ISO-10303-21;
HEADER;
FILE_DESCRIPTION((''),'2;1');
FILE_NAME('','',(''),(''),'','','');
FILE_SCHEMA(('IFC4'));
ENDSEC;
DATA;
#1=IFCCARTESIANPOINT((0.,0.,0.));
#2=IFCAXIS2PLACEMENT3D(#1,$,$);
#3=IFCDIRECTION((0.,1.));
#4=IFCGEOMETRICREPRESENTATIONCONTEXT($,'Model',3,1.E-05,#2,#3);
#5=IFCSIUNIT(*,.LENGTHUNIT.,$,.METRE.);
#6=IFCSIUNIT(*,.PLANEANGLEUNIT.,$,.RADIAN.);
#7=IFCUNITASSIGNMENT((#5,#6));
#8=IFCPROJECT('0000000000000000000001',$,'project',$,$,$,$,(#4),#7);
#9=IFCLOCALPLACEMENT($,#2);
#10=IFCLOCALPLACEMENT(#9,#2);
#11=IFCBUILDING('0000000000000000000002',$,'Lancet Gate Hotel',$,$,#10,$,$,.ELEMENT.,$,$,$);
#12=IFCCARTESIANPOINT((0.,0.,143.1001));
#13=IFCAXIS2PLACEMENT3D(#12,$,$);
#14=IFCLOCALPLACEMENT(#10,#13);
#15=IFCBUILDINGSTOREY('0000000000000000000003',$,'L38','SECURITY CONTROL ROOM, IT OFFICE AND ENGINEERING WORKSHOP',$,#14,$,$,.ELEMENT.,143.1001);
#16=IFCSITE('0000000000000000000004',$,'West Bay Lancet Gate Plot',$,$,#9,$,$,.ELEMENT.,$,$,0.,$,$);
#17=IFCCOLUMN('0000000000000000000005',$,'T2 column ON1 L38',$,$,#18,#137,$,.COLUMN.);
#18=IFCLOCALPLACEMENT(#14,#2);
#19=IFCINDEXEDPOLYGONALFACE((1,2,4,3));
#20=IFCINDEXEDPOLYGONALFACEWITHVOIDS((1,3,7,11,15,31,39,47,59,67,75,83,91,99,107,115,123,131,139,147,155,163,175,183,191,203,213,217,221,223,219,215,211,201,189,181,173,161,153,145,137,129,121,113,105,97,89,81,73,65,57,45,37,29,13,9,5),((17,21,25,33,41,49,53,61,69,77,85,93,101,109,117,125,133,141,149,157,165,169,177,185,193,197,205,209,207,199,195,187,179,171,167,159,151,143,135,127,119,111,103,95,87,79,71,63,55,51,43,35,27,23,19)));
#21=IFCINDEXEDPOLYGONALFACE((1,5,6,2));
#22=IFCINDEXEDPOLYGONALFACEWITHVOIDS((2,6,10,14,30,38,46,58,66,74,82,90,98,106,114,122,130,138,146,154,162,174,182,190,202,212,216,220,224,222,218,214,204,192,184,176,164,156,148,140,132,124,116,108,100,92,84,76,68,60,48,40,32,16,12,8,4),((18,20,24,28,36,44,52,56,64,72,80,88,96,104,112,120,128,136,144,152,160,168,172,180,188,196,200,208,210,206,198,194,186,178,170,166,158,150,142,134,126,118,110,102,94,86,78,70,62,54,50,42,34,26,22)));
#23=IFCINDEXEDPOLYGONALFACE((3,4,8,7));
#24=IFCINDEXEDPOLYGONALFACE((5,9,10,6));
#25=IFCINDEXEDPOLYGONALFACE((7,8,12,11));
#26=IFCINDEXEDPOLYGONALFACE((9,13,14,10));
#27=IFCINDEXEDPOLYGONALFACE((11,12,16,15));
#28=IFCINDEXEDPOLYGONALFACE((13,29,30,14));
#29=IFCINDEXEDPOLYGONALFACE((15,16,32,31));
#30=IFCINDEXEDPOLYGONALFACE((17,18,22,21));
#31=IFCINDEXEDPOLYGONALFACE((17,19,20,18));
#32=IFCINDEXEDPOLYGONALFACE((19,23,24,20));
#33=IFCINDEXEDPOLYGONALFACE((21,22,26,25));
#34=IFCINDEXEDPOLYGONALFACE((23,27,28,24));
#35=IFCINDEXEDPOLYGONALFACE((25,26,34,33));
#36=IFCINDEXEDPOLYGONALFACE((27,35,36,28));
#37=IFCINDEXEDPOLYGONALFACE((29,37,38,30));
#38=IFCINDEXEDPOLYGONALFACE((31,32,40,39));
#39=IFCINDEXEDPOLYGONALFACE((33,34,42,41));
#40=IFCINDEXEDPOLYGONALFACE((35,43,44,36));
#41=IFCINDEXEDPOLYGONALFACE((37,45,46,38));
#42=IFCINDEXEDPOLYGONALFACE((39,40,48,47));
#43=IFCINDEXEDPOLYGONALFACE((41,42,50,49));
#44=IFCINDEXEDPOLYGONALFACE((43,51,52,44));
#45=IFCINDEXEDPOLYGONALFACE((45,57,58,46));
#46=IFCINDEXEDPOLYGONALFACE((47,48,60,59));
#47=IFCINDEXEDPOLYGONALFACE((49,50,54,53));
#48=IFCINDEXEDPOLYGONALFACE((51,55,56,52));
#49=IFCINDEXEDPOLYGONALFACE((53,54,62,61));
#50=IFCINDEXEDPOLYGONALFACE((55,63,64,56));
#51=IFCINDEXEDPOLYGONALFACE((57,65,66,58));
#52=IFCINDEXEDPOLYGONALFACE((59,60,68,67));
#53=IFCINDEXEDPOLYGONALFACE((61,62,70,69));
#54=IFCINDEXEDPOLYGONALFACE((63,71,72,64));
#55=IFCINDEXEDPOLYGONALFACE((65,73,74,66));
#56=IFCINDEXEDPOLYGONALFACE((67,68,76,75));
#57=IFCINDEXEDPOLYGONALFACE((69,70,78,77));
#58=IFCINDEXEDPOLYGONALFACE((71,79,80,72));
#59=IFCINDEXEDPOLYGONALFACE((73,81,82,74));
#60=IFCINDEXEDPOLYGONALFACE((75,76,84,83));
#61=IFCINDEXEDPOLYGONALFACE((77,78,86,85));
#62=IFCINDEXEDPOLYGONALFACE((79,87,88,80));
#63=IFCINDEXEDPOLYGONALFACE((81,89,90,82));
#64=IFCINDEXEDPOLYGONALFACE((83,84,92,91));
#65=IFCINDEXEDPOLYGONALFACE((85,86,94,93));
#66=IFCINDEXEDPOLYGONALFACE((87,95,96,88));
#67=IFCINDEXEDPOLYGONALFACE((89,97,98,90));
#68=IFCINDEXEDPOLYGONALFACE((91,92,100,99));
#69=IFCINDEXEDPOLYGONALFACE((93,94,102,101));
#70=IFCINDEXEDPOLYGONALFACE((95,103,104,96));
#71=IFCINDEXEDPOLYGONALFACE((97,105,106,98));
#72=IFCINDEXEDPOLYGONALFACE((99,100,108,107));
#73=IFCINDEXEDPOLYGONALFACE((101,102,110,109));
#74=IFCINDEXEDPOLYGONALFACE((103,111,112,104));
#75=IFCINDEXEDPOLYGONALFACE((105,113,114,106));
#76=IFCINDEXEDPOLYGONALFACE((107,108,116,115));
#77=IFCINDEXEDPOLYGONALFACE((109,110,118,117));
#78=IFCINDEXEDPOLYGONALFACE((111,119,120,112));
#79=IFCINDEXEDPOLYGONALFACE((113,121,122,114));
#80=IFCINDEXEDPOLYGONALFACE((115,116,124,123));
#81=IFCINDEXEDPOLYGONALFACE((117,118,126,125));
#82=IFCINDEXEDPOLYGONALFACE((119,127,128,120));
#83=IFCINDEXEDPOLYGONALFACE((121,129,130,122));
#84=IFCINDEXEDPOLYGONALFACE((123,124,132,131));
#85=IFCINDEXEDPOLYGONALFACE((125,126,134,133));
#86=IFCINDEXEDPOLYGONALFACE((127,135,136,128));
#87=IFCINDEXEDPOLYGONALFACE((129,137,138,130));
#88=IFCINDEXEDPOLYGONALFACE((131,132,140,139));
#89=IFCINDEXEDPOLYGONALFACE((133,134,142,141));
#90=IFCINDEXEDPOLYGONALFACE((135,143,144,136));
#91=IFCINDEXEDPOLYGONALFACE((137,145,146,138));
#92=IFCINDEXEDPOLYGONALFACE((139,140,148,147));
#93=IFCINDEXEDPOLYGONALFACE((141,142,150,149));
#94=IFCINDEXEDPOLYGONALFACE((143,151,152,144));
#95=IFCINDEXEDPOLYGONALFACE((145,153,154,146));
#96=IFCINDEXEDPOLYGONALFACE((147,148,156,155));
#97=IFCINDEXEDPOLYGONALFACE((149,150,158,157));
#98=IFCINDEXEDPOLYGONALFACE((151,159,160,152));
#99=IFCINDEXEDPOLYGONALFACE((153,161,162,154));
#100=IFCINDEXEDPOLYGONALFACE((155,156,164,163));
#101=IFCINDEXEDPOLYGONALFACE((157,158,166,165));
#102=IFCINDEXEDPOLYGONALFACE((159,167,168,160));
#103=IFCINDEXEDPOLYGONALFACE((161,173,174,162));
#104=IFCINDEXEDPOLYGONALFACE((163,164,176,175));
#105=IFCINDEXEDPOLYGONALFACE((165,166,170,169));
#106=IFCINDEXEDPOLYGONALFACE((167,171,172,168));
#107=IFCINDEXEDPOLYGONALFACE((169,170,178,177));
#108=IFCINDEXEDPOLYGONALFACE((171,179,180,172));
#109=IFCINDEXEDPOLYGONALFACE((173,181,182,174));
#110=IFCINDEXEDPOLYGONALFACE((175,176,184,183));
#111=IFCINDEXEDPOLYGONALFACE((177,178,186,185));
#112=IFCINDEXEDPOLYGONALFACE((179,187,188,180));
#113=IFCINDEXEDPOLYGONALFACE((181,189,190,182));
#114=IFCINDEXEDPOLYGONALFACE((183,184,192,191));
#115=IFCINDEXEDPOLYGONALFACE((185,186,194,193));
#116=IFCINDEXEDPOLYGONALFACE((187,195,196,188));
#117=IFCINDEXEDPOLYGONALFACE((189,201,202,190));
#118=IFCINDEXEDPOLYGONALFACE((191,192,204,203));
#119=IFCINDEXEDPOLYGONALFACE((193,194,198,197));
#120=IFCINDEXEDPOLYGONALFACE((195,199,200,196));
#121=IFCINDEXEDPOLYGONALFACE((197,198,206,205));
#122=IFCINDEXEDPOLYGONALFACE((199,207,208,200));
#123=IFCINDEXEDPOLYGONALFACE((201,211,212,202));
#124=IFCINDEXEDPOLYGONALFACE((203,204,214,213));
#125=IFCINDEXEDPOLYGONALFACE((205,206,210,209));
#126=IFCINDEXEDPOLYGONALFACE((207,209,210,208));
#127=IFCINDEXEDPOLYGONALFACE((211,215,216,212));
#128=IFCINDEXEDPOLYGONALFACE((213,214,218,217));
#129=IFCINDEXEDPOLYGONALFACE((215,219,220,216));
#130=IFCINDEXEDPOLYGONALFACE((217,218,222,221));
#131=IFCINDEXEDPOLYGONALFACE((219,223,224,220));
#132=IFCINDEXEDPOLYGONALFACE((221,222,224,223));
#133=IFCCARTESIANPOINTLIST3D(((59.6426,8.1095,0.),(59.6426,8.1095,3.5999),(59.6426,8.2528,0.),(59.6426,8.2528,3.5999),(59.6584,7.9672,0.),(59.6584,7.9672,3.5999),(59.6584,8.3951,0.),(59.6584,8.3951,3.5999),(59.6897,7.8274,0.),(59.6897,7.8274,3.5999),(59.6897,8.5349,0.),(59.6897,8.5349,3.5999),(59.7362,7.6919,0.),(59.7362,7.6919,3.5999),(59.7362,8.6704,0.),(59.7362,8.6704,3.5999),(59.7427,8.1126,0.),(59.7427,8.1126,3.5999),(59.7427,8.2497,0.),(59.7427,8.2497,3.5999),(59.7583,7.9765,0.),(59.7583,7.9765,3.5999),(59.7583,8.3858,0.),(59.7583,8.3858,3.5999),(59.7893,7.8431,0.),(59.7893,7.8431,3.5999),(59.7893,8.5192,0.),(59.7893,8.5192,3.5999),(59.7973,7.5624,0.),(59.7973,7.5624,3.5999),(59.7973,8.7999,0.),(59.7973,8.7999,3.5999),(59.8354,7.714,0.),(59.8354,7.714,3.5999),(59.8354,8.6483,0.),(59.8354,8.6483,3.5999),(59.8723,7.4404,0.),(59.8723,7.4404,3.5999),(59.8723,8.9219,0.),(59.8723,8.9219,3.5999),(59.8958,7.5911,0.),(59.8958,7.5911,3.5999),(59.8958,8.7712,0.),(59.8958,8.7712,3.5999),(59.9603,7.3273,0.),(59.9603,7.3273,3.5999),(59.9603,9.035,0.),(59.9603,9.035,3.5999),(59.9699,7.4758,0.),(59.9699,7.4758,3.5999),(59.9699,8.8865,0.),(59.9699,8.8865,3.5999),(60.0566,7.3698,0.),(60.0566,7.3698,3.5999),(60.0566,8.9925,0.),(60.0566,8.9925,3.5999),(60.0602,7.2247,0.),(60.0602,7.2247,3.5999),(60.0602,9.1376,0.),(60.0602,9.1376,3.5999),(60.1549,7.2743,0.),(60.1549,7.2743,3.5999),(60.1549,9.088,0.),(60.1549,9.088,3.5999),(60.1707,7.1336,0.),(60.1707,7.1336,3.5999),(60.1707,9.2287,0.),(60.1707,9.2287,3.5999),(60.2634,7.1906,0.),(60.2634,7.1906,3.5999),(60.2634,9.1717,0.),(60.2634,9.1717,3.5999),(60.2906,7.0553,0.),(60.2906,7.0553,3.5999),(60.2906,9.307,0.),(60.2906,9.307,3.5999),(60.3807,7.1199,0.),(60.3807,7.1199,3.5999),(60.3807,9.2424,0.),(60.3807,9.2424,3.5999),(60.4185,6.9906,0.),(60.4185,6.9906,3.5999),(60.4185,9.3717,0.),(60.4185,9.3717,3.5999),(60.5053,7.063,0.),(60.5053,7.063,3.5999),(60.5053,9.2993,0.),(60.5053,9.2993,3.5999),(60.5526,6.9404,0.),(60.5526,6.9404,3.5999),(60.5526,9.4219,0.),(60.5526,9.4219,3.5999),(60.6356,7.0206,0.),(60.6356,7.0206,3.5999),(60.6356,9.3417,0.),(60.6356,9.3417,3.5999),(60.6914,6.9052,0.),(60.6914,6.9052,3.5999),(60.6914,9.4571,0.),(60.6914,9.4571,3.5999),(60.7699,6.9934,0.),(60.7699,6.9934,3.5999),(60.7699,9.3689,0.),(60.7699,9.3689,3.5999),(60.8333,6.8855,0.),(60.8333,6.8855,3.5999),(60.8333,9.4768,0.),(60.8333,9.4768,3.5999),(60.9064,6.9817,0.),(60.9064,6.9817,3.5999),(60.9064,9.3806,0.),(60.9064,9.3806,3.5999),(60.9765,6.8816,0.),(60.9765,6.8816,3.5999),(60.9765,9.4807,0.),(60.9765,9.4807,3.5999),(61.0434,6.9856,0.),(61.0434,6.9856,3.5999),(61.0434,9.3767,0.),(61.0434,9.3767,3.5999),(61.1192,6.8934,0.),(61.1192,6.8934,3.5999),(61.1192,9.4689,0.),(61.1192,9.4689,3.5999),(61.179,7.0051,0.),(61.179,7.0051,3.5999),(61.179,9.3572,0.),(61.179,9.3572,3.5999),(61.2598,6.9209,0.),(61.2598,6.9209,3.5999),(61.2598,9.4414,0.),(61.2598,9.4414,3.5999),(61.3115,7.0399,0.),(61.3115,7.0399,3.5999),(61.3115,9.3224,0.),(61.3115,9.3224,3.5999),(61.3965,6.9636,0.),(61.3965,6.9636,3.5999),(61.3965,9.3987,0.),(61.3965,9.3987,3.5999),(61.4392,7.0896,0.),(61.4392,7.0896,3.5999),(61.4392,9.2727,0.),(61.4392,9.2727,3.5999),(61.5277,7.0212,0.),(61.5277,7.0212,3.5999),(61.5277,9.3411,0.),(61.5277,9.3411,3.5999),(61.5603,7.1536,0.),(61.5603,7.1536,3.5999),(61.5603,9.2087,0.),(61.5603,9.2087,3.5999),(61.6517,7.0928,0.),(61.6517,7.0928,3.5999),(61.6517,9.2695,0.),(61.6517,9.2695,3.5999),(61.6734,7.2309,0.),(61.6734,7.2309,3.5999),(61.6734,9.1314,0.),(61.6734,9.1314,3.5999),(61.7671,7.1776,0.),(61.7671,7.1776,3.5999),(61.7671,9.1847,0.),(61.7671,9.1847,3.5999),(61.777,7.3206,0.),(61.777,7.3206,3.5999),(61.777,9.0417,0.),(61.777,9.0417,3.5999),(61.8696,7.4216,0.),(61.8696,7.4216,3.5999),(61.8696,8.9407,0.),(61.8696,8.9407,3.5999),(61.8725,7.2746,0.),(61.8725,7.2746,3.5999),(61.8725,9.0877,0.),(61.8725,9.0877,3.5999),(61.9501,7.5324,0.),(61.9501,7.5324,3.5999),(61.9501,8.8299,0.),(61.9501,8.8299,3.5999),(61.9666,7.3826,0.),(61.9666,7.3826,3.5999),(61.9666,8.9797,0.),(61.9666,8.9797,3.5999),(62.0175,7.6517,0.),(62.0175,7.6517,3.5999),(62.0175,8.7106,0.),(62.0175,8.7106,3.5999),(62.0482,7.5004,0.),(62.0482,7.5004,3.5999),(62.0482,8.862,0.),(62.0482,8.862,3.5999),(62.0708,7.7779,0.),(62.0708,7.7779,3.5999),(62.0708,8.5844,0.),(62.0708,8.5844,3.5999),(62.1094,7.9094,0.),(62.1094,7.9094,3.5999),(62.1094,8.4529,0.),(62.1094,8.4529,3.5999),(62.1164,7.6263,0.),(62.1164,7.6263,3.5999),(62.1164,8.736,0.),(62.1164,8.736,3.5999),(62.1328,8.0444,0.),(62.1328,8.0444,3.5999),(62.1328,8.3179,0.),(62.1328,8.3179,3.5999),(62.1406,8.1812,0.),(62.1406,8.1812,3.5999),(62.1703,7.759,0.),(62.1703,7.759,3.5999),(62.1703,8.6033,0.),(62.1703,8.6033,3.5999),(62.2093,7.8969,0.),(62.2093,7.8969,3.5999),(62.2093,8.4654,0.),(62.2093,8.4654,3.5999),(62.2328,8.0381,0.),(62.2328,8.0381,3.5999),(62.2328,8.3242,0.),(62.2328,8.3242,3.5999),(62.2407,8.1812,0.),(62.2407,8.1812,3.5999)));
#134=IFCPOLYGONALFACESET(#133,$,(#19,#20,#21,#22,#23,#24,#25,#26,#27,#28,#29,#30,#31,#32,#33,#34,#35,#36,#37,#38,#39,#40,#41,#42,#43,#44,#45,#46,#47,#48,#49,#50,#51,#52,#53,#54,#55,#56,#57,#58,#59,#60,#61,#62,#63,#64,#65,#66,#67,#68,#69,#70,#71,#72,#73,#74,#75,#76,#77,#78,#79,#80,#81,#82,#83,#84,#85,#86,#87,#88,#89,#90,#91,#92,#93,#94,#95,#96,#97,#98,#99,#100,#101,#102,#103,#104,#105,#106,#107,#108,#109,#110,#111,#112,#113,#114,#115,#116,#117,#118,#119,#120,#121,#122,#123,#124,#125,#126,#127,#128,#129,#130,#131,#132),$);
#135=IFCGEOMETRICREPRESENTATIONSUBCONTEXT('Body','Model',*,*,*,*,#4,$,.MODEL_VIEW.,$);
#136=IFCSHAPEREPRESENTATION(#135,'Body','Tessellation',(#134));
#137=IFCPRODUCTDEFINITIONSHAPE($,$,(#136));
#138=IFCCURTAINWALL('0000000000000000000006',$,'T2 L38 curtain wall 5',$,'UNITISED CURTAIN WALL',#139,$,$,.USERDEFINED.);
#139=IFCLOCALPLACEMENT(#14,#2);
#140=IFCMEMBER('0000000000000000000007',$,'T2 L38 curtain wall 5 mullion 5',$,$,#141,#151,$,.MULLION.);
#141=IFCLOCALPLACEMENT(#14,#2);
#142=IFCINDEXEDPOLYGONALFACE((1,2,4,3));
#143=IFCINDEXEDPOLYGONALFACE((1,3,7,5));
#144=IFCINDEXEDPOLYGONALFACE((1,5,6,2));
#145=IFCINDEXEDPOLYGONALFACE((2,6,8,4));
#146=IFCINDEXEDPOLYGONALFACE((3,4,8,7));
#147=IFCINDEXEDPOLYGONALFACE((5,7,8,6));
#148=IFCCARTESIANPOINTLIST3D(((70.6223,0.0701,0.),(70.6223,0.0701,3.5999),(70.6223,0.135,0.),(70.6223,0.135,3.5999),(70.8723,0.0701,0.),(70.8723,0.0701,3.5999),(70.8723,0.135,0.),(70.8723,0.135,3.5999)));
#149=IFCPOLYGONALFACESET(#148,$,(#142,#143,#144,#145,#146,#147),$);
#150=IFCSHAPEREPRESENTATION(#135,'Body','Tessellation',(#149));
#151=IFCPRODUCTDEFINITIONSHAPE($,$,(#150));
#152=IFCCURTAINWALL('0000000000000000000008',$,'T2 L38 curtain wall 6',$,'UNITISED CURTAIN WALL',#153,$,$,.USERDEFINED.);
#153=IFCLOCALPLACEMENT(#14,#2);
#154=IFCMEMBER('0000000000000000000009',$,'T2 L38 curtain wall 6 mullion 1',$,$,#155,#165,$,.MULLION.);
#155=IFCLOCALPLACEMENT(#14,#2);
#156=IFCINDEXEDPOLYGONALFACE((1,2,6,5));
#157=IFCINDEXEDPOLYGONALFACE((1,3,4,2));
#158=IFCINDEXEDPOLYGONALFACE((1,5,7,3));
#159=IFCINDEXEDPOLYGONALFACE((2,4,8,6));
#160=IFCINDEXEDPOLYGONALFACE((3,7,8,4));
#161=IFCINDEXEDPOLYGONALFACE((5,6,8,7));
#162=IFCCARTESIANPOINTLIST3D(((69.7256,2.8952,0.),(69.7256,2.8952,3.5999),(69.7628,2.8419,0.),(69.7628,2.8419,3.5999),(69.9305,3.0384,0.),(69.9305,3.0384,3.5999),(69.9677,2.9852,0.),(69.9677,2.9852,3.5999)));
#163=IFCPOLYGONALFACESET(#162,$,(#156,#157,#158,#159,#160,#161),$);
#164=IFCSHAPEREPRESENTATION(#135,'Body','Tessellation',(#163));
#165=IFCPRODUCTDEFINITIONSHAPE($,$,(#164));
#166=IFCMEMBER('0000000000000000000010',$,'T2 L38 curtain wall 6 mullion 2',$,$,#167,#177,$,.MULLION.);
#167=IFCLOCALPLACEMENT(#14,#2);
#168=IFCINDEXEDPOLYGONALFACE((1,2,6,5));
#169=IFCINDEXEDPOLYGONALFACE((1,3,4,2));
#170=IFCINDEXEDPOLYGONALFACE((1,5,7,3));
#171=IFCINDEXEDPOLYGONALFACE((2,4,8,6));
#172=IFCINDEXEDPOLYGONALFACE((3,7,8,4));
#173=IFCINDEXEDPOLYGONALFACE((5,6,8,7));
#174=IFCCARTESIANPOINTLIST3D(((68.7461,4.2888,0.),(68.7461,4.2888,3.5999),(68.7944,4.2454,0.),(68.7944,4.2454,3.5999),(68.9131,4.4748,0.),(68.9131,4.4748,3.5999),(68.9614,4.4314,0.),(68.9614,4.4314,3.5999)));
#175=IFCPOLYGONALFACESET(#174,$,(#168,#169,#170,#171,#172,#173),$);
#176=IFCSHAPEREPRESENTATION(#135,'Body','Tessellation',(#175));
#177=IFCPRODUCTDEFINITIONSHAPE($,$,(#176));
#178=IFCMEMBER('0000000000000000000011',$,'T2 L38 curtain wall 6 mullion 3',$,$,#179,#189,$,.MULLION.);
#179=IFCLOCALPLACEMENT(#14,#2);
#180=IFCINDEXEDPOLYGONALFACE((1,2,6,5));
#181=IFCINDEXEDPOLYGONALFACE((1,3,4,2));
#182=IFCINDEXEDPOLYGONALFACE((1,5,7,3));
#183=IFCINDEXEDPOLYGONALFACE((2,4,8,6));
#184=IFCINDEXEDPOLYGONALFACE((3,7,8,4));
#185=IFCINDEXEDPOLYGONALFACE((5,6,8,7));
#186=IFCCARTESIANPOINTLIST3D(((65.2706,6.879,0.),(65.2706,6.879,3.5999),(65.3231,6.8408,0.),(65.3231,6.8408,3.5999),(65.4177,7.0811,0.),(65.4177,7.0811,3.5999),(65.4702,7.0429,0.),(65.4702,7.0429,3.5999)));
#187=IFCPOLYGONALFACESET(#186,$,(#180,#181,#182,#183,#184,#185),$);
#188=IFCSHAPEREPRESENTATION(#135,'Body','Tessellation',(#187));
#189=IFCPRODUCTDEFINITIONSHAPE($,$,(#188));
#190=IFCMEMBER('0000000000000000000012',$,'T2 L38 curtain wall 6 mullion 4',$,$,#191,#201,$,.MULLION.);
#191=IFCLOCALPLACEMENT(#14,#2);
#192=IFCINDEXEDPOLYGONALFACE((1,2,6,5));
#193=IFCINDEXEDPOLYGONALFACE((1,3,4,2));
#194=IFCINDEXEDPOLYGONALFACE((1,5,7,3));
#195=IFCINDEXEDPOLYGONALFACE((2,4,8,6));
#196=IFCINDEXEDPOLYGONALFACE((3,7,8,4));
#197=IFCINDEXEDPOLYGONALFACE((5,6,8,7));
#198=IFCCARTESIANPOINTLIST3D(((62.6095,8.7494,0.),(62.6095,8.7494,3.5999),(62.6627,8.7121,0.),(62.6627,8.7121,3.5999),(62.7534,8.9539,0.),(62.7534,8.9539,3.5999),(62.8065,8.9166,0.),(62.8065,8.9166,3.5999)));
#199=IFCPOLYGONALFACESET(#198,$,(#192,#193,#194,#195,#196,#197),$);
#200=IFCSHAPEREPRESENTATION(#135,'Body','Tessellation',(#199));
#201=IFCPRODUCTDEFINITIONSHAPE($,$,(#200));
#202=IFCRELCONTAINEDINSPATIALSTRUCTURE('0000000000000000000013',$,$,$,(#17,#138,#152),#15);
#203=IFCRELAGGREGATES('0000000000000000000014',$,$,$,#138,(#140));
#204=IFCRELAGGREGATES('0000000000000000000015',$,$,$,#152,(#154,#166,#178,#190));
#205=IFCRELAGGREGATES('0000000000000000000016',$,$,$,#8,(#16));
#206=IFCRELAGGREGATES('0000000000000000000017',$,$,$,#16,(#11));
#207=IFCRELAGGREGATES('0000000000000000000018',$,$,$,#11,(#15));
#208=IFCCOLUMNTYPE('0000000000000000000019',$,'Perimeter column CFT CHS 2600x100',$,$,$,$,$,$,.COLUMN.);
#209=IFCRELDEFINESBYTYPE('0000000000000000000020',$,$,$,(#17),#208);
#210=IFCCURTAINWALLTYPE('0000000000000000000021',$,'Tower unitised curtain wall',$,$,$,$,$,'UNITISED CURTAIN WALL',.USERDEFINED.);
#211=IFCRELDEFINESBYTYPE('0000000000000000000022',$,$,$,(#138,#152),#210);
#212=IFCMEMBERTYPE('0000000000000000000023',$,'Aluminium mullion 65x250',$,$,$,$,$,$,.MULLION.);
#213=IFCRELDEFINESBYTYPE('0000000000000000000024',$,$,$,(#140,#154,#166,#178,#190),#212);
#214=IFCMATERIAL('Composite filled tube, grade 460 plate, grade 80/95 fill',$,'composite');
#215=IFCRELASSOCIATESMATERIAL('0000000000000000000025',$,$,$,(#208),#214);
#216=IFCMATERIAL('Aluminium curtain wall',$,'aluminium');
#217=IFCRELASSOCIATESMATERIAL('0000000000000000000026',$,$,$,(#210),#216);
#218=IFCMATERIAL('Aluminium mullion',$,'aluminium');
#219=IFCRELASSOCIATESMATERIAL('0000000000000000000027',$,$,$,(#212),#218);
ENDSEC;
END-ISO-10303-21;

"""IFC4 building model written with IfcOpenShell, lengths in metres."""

from ifc_helpers import new_model, si_unit, direction, frame, origin, origin_2d, place, context, subcontext, project, spatial, rectangle, hollow_circle, extrude, material, material_profile, profile_set, type_object, element, aggregate, save


model = new_model("IFC4")

# Units and contexts
model_context = context("Model", 3, precision=1e-05, world=origin(), true_north=direction((0.0, 1.0)))
body_context = subcontext(model_context, "Body", "Model", "MODEL_VIEW")
ifc_project = project(units=[si_unit("LENGTHUNIT", "METRE"), si_unit("PLANEANGLEUNIT", "RADIAN")], contexts=[model_context])

# Site, building, storey
site_placement = place(None, origin())
site = spatial("IfcSite", under=ifc_project, at=site_placement, Name="West Bay Lancet Gate Plot", CompositionType="ELEMENT", RefElevation=0.0)
building_placement = place(site_placement, origin())
building = spatial("IfcBuilding", under=site, at=building_placement, Name="Lancet Gate Hotel", CompositionType="ELEMENT")
storey_placement = place(building_placement, frame((0.0, 0.0, 143.1001)))
storey = spatial("IfcBuildingStorey", under=building, at=storey_placement, Name="L38", Description="SECURITY CONTROL ROOM, IT OFFICE AND ENGINEERING WORKSHOP", CompositionType="ELEMENT", Elevation=143.1001)

# Column
ifc_material_1 = material(Name="Composite filled tube, grade 460 plate, grade 80/95 fill", Category="composite")
ifc_material_profile_1 = material_profile(ifc_material_1, hollow_circle(Radius=1.3, WallThickness=0.1001, at=origin_2d()), Name="CHS 2600x100")
ifc_profile_set_1 = profile_set([ifc_material_profile_1], Name="Composite filled tube, grade 460 plate, grade 80/95 fill")
column_type_1 = type_object("IfcColumnType", Name="Perimeter column CFT CHS 2600x100", PredefinedType="COLUMN", material=ifc_profile_set_1)
column_1_placement = place(storey_placement, frame((60.9407, 8.1812, 0.0), z_axis=(0.0, 0.0, 1.0), x_axis=(1.0, 0.0, 0.0)))
element("IfcColumn", 1, at=column_1_placement, inside=storey, type_object=column_type_1, Name="T2 column ON1 L38", PredefinedType="COLUMN", context=body_context, shape_type="SweptSolid", body=[
    extrude(hollow_circle(Radius=1.3, WallThickness=0.1001, at=origin_2d()), origin(), (0.0, 0.0, 1.0), 3.5999),
])

# Curtain wall, member
ifc_material_2 = material(Name="Aluminium curtain wall", Category="aluminium")
curtain_wall_type = type_object("IfcCurtainWallType", Name="Tower unitised curtain wall", ElementType="UNITISED CURTAIN WALL", PredefinedType="USERDEFINED", material=ifc_material_2)
curtain_wall_1_placement = place(storey_placement, origin())
curtain_wall_1 = element("IfcCurtainWall", 2, at=curtain_wall_1_placement, inside=storey, type_object=curtain_wall_type, Name="T2 L38 curtain wall 5", ObjectType="UNITISED CURTAIN WALL", PredefinedType="USERDEFINED")
ifc_material_3 = material(Name="Aluminium mullion", Category="aluminium")
ifc_material_profile_2 = material_profile(ifc_material_3, rectangle(XDim=0.0649, YDim=0.25, at=origin_2d()), Name="MULLION 65x250")
ifc_profile_set_2 = profile_set([ifc_material_profile_2], Name="Aluminium mullion")
member_type_1 = type_object("IfcMemberType", Name="Aluminium mullion 65x250", PredefinedType="MULLION", material=ifc_profile_set_2)
member_1_placement = place(storey_placement, frame((70.7473, 0.1025, 0.0), z_axis=(0.0, 0.0, 1.0), x_axis=(0.0, 1.0, 0.0)))
member_1 = element("IfcMember", 3, at=member_1_placement, type_object=member_type_1, Name="T2 L38 curtain wall 5 mullion 5", PredefinedType="MULLION", context=body_context, shape_type="SweptSolid", body=[
    extrude(rectangle(XDim=0.0649, YDim=0.25, at=origin_2d()), origin(), (0.0, 0.0, 1.0), 3.5999),
])

# Curtain wall, members
curtain_wall_2_placement = place(storey_placement, origin())
curtain_wall_2 = element("IfcCurtainWall", 4, at=curtain_wall_2_placement, inside=storey, type_object=curtain_wall_type, Name="T2 L38 curtain wall 6", ObjectType="UNITISED CURTAIN WALL", PredefinedType="USERDEFINED")
member_2_placement = place(storey_placement, frame((69.8467, 2.9402, 0.0), z_axis=(0.0, 0.0, 1.0), x_axis=(-0.573025, 0.819538, 0.0)))
member_2 = element("IfcMember", 5, at=member_2_placement, type_object=member_type_1, Name="T2 L38 curtain wall 6 mullion 1", PredefinedType="MULLION", context=body_context, shape_type="SweptSolid", body=[
    extrude(rectangle(XDim=0.0649, YDim=0.25, at=origin_2d()), origin(), (0.0, 0.0, 1.0), 3.5999),
])
member_3_placement = place(storey_placement, frame((68.8538, 4.3601, 0.0), z_axis=(0.0, 0.0, 1.0), x_axis=(-0.743963, 0.66822, 0.0)))
member_3 = element("IfcMember", 6, at=member_3_placement, type_object=member_type_1, Name="T2 L38 curtain wall 6 mullion 2", PredefinedType="MULLION", context=body_context, shape_type="SweptSolid", body=[
    extrude(rectangle(XDim=0.0649, YDim=0.25, at=origin_2d()), origin(), (0.0, 0.0, 1.0), 3.5999),
])
member_4_placement = place(storey_placement, frame((65.3704, 6.9609, 0.0), z_axis=(0.0, 0.0, 1.0), x_axis=(-0.808529, 0.588456, 0.0)))
member_4 = element("IfcMember", 7, at=member_4_placement, type_object=member_type_1, Name="T2 L38 curtain wall 6 mullion 3", PredefinedType="MULLION", context=body_context, shape_type="SweptSolid", body=[
    extrude(rectangle(XDim=0.0649, YDim=0.25, at=origin_2d()), origin(), (0.0, 0.0, 1.0), 3.5999),
])
member_5_placement = place(storey_placement, frame((62.708, 8.833, 0.0), z_axis=(0.0, 0.0, 1.0), x_axis=(-0.817979, 0.575247, 0.0)))
member_5 = element("IfcMember", 8, at=member_5_placement, type_object=member_type_1, Name="T2 L38 curtain wall 6 mullion 4", PredefinedType="MULLION", context=body_context, shape_type="SweptSolid", body=[
    extrude(rectangle(XDim=0.0649, YDim=0.25, at=origin_2d()), origin(), (0.0, 0.0, 1.0), 3.5999),
])

aggregate(curtain_wall_1, [member_1])
aggregate(curtain_wall_2, [member_2, member_3, member_4, member_5])

save(model, "model.ifc")
